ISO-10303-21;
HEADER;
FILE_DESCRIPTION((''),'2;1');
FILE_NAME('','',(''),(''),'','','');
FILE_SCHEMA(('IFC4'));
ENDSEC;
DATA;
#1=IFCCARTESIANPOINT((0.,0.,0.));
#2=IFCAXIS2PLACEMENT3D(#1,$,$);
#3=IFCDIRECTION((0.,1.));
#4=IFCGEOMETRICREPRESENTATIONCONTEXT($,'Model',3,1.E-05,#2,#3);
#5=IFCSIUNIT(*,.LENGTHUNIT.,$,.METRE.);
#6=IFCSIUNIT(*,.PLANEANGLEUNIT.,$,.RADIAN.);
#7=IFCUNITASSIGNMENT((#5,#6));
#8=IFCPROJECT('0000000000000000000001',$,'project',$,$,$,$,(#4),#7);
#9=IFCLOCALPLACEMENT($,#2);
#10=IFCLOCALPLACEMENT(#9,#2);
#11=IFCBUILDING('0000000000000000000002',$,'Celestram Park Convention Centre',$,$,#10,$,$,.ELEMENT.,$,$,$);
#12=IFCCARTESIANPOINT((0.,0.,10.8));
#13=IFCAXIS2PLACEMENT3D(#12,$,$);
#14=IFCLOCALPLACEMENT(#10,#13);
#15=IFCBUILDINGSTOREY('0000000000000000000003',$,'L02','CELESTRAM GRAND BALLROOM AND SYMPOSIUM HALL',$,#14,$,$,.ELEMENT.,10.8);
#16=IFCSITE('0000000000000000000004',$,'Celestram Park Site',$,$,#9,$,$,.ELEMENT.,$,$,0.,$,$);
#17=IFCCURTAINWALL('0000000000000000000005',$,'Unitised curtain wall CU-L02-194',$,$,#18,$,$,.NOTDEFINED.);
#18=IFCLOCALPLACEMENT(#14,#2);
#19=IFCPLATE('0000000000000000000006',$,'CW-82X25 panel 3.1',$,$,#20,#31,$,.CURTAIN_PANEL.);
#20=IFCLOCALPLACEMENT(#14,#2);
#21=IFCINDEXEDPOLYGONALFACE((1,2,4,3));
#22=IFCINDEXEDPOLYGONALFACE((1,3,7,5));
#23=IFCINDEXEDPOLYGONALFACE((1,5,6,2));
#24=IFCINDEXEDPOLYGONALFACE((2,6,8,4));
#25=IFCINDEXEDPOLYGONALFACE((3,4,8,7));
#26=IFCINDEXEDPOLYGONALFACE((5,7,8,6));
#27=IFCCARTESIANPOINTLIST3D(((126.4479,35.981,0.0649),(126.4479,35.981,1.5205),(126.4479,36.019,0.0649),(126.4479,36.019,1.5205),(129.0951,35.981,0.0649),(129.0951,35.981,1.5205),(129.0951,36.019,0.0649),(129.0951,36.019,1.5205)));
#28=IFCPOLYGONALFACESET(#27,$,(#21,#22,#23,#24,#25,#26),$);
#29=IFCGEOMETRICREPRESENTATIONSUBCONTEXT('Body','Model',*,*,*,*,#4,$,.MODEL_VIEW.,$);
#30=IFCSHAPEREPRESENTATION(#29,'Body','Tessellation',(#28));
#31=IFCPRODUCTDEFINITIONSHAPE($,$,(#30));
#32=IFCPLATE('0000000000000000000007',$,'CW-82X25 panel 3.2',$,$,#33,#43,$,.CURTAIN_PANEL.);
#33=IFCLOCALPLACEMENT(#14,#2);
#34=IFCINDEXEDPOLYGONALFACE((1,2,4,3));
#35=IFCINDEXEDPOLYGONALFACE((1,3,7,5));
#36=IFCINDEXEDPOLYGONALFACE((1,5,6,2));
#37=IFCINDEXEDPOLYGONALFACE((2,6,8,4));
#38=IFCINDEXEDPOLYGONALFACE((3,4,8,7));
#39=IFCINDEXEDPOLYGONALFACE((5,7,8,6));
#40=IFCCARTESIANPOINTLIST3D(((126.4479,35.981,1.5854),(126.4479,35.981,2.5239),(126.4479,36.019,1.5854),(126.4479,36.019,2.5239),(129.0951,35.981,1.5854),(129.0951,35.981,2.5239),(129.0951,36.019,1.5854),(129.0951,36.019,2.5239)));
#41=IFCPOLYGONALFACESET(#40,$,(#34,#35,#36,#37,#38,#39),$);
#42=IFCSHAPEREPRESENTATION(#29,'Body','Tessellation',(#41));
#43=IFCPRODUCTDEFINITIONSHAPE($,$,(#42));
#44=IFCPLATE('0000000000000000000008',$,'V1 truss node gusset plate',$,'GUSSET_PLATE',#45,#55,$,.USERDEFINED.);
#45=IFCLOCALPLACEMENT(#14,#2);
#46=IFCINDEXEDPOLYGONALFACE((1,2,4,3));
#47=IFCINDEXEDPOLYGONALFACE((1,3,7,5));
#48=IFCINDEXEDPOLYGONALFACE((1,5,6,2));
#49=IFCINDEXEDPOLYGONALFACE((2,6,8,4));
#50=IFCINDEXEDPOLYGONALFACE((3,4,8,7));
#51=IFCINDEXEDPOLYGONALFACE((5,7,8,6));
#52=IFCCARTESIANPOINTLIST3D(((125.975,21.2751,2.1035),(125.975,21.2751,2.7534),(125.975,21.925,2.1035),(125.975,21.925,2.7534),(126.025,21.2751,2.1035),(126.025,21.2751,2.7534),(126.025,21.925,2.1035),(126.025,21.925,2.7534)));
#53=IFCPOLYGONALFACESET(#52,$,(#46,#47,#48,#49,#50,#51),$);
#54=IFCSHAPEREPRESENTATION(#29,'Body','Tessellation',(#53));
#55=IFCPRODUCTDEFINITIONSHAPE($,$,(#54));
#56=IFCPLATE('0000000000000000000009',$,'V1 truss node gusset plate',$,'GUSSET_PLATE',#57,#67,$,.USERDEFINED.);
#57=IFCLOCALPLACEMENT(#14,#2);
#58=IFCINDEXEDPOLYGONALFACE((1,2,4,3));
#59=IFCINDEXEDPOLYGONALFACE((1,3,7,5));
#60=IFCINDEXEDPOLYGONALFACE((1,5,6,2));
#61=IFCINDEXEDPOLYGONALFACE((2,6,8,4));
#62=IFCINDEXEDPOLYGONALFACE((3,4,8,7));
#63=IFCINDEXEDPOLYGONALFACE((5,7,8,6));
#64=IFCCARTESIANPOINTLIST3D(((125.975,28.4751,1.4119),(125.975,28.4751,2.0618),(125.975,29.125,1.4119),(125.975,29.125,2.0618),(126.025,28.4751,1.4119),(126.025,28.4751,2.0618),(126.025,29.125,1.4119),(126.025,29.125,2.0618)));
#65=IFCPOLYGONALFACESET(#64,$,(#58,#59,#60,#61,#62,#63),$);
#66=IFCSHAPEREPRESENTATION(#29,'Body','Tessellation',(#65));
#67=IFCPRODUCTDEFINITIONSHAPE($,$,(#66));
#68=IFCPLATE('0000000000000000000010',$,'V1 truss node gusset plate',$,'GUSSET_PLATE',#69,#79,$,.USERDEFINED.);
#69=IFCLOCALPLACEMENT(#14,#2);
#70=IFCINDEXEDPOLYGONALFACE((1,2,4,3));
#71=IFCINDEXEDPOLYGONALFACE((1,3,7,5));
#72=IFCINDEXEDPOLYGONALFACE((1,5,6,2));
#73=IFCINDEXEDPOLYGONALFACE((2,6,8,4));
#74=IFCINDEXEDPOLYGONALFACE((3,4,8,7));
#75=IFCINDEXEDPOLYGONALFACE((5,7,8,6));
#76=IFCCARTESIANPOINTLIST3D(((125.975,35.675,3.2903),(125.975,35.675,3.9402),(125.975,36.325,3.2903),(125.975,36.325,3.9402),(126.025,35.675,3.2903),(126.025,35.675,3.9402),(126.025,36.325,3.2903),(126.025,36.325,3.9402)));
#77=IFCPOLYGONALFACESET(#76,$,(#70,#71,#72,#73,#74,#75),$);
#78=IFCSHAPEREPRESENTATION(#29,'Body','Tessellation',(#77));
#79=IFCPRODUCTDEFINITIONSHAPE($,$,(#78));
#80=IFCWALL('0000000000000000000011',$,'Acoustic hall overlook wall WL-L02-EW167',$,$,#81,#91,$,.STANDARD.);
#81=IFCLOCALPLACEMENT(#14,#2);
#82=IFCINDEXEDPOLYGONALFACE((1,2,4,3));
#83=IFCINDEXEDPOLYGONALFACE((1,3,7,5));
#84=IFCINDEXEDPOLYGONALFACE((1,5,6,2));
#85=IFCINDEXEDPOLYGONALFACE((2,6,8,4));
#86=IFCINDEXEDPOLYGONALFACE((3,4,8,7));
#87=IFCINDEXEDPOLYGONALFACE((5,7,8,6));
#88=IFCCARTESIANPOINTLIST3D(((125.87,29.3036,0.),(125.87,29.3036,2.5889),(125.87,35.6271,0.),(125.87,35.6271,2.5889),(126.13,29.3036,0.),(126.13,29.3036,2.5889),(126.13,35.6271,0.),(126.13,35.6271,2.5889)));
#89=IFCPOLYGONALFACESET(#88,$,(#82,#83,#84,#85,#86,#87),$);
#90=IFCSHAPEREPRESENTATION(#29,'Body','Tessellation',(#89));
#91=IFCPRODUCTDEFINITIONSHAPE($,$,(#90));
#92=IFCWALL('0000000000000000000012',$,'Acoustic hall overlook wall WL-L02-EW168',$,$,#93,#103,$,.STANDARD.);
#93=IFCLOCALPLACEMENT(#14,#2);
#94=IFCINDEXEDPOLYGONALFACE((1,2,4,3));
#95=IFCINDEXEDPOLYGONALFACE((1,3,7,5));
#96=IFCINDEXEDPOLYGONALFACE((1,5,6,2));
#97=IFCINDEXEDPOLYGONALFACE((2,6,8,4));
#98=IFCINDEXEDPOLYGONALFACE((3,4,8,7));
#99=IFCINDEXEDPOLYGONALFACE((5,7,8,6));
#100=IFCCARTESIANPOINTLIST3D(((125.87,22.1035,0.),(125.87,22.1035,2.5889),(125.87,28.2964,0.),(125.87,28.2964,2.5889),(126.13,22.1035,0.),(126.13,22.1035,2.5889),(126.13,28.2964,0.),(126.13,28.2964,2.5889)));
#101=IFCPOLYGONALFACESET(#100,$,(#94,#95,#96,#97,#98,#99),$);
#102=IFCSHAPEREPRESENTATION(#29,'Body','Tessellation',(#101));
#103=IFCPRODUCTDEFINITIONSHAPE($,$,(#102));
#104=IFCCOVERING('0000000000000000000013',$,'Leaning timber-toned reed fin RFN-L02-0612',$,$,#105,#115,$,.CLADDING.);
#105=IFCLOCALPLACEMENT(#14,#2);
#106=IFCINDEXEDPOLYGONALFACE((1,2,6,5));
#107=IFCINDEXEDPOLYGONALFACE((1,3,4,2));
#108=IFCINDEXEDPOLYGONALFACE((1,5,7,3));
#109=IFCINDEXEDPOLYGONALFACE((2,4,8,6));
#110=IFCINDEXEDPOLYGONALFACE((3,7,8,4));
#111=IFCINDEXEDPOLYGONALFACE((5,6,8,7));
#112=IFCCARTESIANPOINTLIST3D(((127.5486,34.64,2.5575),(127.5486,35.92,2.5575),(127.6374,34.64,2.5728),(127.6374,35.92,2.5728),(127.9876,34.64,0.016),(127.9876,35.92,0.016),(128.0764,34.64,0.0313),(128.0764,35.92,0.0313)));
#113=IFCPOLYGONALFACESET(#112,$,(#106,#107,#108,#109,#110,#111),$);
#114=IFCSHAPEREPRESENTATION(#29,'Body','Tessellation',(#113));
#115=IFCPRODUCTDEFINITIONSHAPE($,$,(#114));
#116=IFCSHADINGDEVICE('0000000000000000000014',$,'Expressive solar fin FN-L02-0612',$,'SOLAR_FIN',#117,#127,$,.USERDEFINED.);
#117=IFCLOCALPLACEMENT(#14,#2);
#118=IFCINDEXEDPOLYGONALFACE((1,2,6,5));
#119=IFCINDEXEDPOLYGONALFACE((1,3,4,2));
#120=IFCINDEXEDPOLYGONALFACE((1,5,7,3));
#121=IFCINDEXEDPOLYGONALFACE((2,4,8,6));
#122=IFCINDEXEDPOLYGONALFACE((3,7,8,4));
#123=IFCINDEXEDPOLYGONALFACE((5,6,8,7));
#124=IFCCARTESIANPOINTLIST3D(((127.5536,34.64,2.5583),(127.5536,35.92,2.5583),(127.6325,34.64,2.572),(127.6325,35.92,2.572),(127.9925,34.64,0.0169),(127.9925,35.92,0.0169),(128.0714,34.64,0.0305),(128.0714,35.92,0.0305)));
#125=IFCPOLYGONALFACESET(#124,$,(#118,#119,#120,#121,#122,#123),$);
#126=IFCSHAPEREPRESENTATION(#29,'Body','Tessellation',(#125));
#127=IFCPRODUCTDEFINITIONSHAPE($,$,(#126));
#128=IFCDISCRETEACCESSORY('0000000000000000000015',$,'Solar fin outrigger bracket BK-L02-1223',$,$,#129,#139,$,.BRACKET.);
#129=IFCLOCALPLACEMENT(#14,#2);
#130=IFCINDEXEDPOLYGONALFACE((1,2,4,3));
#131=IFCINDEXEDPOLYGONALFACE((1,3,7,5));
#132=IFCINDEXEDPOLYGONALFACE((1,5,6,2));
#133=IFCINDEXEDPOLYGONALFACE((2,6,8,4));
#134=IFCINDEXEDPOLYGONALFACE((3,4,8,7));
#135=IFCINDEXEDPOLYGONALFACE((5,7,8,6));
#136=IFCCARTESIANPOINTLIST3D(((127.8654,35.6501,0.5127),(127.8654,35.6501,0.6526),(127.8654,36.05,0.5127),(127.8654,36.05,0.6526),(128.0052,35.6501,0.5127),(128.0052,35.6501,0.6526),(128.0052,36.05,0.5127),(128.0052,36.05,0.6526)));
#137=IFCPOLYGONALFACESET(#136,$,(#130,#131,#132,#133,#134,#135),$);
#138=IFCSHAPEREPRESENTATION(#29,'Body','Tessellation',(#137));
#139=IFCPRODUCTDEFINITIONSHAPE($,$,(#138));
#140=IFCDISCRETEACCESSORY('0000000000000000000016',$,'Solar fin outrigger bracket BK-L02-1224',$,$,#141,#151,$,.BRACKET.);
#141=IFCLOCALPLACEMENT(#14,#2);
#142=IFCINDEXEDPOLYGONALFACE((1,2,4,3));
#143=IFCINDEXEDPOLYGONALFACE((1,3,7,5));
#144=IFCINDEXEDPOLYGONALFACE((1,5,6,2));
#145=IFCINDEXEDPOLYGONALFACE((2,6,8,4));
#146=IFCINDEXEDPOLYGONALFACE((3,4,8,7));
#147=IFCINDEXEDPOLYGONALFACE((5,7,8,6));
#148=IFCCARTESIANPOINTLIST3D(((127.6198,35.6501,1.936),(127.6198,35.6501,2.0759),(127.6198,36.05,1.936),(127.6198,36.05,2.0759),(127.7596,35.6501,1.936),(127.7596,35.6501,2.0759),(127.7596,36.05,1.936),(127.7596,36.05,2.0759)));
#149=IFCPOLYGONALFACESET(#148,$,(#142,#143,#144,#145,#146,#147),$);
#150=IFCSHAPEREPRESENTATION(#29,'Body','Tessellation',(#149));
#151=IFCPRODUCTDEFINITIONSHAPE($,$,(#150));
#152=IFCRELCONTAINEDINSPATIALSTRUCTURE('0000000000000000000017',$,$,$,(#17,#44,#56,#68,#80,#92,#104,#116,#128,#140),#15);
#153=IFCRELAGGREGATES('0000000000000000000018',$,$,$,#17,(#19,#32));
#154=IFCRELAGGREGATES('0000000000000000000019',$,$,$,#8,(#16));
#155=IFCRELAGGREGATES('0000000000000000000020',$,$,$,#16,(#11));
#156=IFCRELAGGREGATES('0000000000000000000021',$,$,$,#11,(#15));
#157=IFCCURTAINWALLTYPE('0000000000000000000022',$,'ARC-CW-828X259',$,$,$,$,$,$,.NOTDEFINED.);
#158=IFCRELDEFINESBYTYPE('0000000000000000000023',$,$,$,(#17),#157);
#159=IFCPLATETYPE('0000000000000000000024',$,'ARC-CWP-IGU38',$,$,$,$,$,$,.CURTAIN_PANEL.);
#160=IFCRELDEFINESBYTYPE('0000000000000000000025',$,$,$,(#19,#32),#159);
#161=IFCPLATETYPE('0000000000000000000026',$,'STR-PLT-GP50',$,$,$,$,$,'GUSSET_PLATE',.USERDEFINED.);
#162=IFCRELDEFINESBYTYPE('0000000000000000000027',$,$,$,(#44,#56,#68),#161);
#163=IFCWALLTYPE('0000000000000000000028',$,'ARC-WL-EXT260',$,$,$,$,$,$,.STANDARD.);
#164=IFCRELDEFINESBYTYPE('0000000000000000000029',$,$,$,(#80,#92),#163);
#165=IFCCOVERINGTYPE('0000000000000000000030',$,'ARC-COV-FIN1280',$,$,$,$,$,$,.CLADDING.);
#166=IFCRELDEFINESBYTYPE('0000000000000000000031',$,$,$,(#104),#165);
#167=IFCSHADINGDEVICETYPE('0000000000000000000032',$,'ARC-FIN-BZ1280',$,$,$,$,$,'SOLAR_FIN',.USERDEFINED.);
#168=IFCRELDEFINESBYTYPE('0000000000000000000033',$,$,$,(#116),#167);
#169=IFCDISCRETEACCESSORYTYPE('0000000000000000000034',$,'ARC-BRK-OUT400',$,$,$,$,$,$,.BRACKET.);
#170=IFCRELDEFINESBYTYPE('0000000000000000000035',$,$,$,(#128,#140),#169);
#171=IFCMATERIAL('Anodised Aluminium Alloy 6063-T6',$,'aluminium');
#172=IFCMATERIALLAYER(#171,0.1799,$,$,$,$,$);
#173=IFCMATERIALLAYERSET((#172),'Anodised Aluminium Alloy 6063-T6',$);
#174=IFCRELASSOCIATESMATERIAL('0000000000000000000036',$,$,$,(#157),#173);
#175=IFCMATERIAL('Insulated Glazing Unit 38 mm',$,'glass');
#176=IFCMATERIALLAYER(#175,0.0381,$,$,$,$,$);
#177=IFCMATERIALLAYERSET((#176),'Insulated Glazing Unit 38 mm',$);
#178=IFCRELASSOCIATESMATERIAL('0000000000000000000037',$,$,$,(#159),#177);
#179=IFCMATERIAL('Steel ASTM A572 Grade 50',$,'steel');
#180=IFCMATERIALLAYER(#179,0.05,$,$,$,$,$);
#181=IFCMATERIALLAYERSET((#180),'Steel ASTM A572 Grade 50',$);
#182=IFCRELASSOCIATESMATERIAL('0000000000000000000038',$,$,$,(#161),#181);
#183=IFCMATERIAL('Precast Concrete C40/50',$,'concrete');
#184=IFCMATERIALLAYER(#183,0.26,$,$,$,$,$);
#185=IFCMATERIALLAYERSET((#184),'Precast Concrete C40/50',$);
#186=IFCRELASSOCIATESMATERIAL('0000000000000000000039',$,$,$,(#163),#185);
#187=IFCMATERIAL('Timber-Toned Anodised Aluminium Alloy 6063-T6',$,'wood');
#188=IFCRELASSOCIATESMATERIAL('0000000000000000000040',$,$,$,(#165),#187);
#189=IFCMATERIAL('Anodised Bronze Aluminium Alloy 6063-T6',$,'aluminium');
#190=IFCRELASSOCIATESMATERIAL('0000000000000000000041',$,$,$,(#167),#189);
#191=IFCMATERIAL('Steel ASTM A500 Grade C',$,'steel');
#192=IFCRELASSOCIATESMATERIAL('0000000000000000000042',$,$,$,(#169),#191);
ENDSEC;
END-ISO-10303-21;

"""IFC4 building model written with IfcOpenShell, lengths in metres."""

from ifc_helpers import new_model, si_unit, direction, frame, frame_2d, origin, origin_2d, place, context, subcontext, project, spatial, rectangle, extrude, material, layer, layer_set, material_profile, profile_set, type_object, element, aggregate, save


model = new_model("IFC4")

# Units and contexts
model_context = context("Model", 3, precision=1e-05, world=origin(), true_north=direction((0.0, 1.0)))
body_context = subcontext(model_context, "Body", "Model", "MODEL_VIEW")
ifc_project = project(units=[si_unit("LENGTHUNIT", "METRE"), si_unit("PLANEANGLEUNIT", "RADIAN")], contexts=[model_context])

# Site, building, storey
site_placement = place(None, origin())
site = spatial("IfcSite", under=ifc_project, at=site_placement, Name="Celestram Park Site", CompositionType="ELEMENT", RefElevation=0.0)
building_placement = place(site_placement, origin())
building = spatial("IfcBuilding", under=site, at=building_placement, Name="Celestram Park Convention Centre", CompositionType="ELEMENT")
storey_placement = place(building_placement, frame((0.0, 0.0, 10.8)))
storey = spatial("IfcBuildingStorey", under=building, at=storey_placement, Name="L02", Description="CELESTRAM GRAND BALLROOM AND SYMPOSIUM HALL", CompositionType="ELEMENT", Elevation=10.8)

# Curtain wall
ifc_material_1 = material(Name="Anodised Aluminium Alloy 6063-T6", Category="aluminium")
ifc_layer_1 = layer(ifc_material_1, 0.1799)
ifc_layer_set_1 = layer_set([ifc_layer_1], Name="Anodised Aluminium Alloy 6063-T6")
curtain_wall_type = type_object("IfcCurtainWallType", Name="ARC-CW-828X259", PredefinedType="NOTDEFINED", material=ifc_layer_set_1)
curtain_wall_placement = place(storey_placement, origin())
curtain_wall = element("IfcCurtainWall", 1, at=curtain_wall_placement, inside=storey, type_object=curtain_wall_type, Name="Unitised curtain wall CU-L02-194", PredefinedType="NOTDEFINED")

# Shared definitions
ifc_material_2 = material(Name="Steel ASTM A500 Grade C", Category="steel")

# Plates
ifc_material_3 = material(Name="Insulated Glazing Unit 38 mm", Category="glass")
ifc_layer_2 = layer(ifc_material_3, 0.0381)
ifc_layer_set_2 = layer_set([ifc_layer_2], Name="Insulated Glazing Unit 38 mm")
plate_type_1 = type_object("IfcPlateType", Name="ARC-CWP-IGU38", PredefinedType="CURTAIN_PANEL", material=ifc_layer_set_2)
plate_1_placement = place(storey_placement, frame((127.7715, 36.0, 0.0649), z_axis=(0.0, 0.0, 1.0), x_axis=(-1.0, 0.0, 0.0)))
plate_1 = element("IfcPlate", 2, at=plate_1_placement, type_object=plate_type_1, Name="CW-82X25 panel 3.1", PredefinedType="CURTAIN_PANEL", context=body_context, shape_type="SweptSolid", body=[
    extrude(rectangle(XDim=2.6472, YDim=0.0381, at=origin_2d()), origin(), (0.0, 0.0, 1.0), 1.4556),
])
plate_2_placement = place(storey_placement, frame((127.7715, 36.0, 1.5854), z_axis=(0.0, 0.0, 1.0), x_axis=(-1.0, 0.0, 0.0)))
plate_2 = element("IfcPlate", 3, at=plate_2_placement, type_object=plate_type_1, Name="CW-82X25 panel 3.2", PredefinedType="CURTAIN_PANEL", context=body_context, shape_type="SweptSolid", body=[
    extrude(rectangle(XDim=2.6472, YDim=0.0381, at=origin_2d()), origin(), (0.0, 0.0, 1.0), 0.9385),
])
aggregate(curtain_wall, [plate_1, plate_2])

# Plates
ifc_material_4 = material(Name="Steel ASTM A572 Grade 50", Category="steel")
ifc_layer_3 = layer(ifc_material_4, 0.05)
ifc_layer_set_3 = layer_set([ifc_layer_3], Name="Steel ASTM A572 Grade 50")
plate_type_2 = type_object("IfcPlateType", Name="STR-PLT-GP50", ElementType="GUSSET_PLATE", PredefinedType="USERDEFINED", material=ifc_layer_set_3)
for number, where, z_axis, x_axis, name in (
    (4, (126.0, 21.6001, 2.1035), (0.0, 0.0, 1.0), (0.0, 1.0, 0.0), "V1 truss node gusset plate"),
    (5, (126.0, 28.8, 1.4119), (0.0, 0.0, 1.0), (0.0, 1.0, 0.0), "V1 truss node gusset plate"),
    (6, (126.0, 36.0, 3.2903), (0.0, 0.0, 1.0), (0.0, 1.0, 0.0), "V1 truss node gusset plate"),
):
    element("IfcPlate", number, at=place(storey_placement, frame(where, z_axis=z_axis, x_axis=x_axis)), inside=storey, type_object=plate_type_2, Name=name, ObjectType="GUSSET_PLATE", PredefinedType="USERDEFINED", context=body_context, shape_type="SweptSolid", body=[
        extrude(rectangle(XDim=0.6499, YDim=0.05, at=origin_2d()), origin(), (0.0, 0.0, 1.0), 0.6499),
    ])

# Walls
ifc_material_5 = material(Name="Precast Concrete C40/50", Category="concrete")
ifc_layer_4 = layer(ifc_material_5, 0.26)
ifc_layer_set_4 = layer_set([ifc_layer_4], Name="Precast Concrete C40/50")
wall_type = type_object("IfcWallType", Name="ARC-WL-EXT260", PredefinedType="STANDARD", material=ifc_layer_set_4)
wall_1_placement = place(storey_placement, frame((126.0, 35.627, 0.0), z_axis=(0.0, 0.0, 1.0), x_axis=(0.0, -1.0, 0.0)))
element("IfcWall", 7, at=wall_1_placement, inside=storey, type_object=wall_type, Name="Acoustic hall overlook wall WL-L02-EW167", PredefinedType="STANDARD", context=body_context, shape_type="SweptSolid", body=[
    extrude(rectangle(XDim=6.3235, YDim=0.26, at=frame_2d((3.1616, 0.0))), origin(), (0.0, 0.0, 1.0), 2.5889),
])
wall_2_placement = place(storey_placement, frame((126.0, 28.2964, 0.0), z_axis=(0.0, 0.0, 1.0), x_axis=(0.0, -1.0, 0.0)))
element("IfcWall", 8, at=wall_2_placement, inside=storey, type_object=wall_type, Name="Acoustic hall overlook wall WL-L02-EW168", PredefinedType="STANDARD", context=body_context, shape_type="SweptSolid", body=[
    extrude(rectangle(XDim=6.1929, YDim=0.26, at=frame_2d((3.0964, 0.0))), origin(), (0.0, 0.0, 1.0), 2.5889),
])

# Covering
ifc_material_6 = material(Name="Timber-Toned Anodised Aluminium Alloy 6063-T6", Category="wood")
ifc_material_profile_1 = material_profile(ifc_material_6, rectangle(XDim=1.28, YDim=0.0901, at=origin_2d()), Name="REED1280X90")
ifc_profile_set_1 = profile_set([ifc_material_profile_1], Name="Timber-Toned Anodised Aluminium Alloy 6063-T6")
covering_type = type_object("IfcCoveringType", Name="ARC-COV-FIN1280", PredefinedType="CLADDING", material=ifc_profile_set_1)
covering_placement = place(storey_placement, frame((128.032, 35.28, 0.0237), z_axis=(-0.170199, 0.0, 0.98541), x_axis=(0.0, -1.0, 0.0)))
element("IfcCovering", 9, at=covering_placement, inside=storey, type_object=covering_type, Name="Leaning timber-toned reed fin RFN-L02-0612", PredefinedType="CLADDING", context=body_context, shape_type="SweptSolid", body=[
    extrude(rectangle(XDim=1.28, YDim=0.0901, at=origin_2d()), origin(), (0.0, 0.0, 1.0), 2.5791),
])

# Shading device
ifc_material_7 = material(Name="Anodised Bronze Aluminium Alloy 6063-T6", Category="aluminium")
ifc_material_profile_2 = material_profile(ifc_material_7, rectangle(XDim=1.28, YDim=0.0801, at=origin_2d()), Name="FIN1280X80")
ifc_profile_set_2 = profile_set([ifc_material_profile_2], Name="Anodised Bronze Aluminium Alloy 6063-T6")
shading_device_type = type_object("IfcShadingDeviceType", Name="ARC-FIN-BZ1280", ElementType="SOLAR_FIN", PredefinedType="USERDEFINED", material=ifc_profile_set_2)
shading_device_placement = place(storey_placement, frame((128.032, 35.28, 0.0237), z_axis=(-0.170199, 0.0, 0.98541), x_axis=(0.0, -1.0, 0.0)))
element("IfcShadingDevice", 10, at=shading_device_placement, inside=storey, type_object=shading_device_type, Name="Expressive solar fin FN-L02-0612", ObjectType="SOLAR_FIN", PredefinedType="USERDEFINED", context=body_context, shape_type="SweptSolid", body=[
    extrude(rectangle(XDim=1.28, YDim=0.0801, at=origin_2d()), origin(), (0.0, 0.0, 1.0), 2.5791),
])

# Discrete accessories
discrete_accessory_type = type_object("IfcDiscreteAccessoryType", Name="ARC-BRK-OUT400", PredefinedType="BRACKET", material=ifc_material_2)
for number, where, z_axis, x_axis, name in (
    (11, (127.9353, 35.8501, 0.5127), (0.0, 0.0, 1.0), (0.0, -1.0, 0.0), "Solar fin outrigger bracket BK-L02-1223"),
    (12, (127.6897, 35.8501, 1.936), (0.0, 0.0, 1.0), (0.0, -1.0, 0.0), "Solar fin outrigger bracket BK-L02-1224"),
):
    element("IfcDiscreteAccessory", number, at=place(storey_placement, frame(where, z_axis=z_axis, x_axis=x_axis)), inside=storey, type_object=discrete_accessory_type, Name=name, PredefinedType="BRACKET", context=body_context, shape_type="SweptSolid", body=[
        extrude(rectangle(XDim=0.3999, YDim=0.1399, at=origin_2d()), origin(), (0.0, 0.0, 1.0), 0.1399),
    ])

save(model, "model.ifc")
